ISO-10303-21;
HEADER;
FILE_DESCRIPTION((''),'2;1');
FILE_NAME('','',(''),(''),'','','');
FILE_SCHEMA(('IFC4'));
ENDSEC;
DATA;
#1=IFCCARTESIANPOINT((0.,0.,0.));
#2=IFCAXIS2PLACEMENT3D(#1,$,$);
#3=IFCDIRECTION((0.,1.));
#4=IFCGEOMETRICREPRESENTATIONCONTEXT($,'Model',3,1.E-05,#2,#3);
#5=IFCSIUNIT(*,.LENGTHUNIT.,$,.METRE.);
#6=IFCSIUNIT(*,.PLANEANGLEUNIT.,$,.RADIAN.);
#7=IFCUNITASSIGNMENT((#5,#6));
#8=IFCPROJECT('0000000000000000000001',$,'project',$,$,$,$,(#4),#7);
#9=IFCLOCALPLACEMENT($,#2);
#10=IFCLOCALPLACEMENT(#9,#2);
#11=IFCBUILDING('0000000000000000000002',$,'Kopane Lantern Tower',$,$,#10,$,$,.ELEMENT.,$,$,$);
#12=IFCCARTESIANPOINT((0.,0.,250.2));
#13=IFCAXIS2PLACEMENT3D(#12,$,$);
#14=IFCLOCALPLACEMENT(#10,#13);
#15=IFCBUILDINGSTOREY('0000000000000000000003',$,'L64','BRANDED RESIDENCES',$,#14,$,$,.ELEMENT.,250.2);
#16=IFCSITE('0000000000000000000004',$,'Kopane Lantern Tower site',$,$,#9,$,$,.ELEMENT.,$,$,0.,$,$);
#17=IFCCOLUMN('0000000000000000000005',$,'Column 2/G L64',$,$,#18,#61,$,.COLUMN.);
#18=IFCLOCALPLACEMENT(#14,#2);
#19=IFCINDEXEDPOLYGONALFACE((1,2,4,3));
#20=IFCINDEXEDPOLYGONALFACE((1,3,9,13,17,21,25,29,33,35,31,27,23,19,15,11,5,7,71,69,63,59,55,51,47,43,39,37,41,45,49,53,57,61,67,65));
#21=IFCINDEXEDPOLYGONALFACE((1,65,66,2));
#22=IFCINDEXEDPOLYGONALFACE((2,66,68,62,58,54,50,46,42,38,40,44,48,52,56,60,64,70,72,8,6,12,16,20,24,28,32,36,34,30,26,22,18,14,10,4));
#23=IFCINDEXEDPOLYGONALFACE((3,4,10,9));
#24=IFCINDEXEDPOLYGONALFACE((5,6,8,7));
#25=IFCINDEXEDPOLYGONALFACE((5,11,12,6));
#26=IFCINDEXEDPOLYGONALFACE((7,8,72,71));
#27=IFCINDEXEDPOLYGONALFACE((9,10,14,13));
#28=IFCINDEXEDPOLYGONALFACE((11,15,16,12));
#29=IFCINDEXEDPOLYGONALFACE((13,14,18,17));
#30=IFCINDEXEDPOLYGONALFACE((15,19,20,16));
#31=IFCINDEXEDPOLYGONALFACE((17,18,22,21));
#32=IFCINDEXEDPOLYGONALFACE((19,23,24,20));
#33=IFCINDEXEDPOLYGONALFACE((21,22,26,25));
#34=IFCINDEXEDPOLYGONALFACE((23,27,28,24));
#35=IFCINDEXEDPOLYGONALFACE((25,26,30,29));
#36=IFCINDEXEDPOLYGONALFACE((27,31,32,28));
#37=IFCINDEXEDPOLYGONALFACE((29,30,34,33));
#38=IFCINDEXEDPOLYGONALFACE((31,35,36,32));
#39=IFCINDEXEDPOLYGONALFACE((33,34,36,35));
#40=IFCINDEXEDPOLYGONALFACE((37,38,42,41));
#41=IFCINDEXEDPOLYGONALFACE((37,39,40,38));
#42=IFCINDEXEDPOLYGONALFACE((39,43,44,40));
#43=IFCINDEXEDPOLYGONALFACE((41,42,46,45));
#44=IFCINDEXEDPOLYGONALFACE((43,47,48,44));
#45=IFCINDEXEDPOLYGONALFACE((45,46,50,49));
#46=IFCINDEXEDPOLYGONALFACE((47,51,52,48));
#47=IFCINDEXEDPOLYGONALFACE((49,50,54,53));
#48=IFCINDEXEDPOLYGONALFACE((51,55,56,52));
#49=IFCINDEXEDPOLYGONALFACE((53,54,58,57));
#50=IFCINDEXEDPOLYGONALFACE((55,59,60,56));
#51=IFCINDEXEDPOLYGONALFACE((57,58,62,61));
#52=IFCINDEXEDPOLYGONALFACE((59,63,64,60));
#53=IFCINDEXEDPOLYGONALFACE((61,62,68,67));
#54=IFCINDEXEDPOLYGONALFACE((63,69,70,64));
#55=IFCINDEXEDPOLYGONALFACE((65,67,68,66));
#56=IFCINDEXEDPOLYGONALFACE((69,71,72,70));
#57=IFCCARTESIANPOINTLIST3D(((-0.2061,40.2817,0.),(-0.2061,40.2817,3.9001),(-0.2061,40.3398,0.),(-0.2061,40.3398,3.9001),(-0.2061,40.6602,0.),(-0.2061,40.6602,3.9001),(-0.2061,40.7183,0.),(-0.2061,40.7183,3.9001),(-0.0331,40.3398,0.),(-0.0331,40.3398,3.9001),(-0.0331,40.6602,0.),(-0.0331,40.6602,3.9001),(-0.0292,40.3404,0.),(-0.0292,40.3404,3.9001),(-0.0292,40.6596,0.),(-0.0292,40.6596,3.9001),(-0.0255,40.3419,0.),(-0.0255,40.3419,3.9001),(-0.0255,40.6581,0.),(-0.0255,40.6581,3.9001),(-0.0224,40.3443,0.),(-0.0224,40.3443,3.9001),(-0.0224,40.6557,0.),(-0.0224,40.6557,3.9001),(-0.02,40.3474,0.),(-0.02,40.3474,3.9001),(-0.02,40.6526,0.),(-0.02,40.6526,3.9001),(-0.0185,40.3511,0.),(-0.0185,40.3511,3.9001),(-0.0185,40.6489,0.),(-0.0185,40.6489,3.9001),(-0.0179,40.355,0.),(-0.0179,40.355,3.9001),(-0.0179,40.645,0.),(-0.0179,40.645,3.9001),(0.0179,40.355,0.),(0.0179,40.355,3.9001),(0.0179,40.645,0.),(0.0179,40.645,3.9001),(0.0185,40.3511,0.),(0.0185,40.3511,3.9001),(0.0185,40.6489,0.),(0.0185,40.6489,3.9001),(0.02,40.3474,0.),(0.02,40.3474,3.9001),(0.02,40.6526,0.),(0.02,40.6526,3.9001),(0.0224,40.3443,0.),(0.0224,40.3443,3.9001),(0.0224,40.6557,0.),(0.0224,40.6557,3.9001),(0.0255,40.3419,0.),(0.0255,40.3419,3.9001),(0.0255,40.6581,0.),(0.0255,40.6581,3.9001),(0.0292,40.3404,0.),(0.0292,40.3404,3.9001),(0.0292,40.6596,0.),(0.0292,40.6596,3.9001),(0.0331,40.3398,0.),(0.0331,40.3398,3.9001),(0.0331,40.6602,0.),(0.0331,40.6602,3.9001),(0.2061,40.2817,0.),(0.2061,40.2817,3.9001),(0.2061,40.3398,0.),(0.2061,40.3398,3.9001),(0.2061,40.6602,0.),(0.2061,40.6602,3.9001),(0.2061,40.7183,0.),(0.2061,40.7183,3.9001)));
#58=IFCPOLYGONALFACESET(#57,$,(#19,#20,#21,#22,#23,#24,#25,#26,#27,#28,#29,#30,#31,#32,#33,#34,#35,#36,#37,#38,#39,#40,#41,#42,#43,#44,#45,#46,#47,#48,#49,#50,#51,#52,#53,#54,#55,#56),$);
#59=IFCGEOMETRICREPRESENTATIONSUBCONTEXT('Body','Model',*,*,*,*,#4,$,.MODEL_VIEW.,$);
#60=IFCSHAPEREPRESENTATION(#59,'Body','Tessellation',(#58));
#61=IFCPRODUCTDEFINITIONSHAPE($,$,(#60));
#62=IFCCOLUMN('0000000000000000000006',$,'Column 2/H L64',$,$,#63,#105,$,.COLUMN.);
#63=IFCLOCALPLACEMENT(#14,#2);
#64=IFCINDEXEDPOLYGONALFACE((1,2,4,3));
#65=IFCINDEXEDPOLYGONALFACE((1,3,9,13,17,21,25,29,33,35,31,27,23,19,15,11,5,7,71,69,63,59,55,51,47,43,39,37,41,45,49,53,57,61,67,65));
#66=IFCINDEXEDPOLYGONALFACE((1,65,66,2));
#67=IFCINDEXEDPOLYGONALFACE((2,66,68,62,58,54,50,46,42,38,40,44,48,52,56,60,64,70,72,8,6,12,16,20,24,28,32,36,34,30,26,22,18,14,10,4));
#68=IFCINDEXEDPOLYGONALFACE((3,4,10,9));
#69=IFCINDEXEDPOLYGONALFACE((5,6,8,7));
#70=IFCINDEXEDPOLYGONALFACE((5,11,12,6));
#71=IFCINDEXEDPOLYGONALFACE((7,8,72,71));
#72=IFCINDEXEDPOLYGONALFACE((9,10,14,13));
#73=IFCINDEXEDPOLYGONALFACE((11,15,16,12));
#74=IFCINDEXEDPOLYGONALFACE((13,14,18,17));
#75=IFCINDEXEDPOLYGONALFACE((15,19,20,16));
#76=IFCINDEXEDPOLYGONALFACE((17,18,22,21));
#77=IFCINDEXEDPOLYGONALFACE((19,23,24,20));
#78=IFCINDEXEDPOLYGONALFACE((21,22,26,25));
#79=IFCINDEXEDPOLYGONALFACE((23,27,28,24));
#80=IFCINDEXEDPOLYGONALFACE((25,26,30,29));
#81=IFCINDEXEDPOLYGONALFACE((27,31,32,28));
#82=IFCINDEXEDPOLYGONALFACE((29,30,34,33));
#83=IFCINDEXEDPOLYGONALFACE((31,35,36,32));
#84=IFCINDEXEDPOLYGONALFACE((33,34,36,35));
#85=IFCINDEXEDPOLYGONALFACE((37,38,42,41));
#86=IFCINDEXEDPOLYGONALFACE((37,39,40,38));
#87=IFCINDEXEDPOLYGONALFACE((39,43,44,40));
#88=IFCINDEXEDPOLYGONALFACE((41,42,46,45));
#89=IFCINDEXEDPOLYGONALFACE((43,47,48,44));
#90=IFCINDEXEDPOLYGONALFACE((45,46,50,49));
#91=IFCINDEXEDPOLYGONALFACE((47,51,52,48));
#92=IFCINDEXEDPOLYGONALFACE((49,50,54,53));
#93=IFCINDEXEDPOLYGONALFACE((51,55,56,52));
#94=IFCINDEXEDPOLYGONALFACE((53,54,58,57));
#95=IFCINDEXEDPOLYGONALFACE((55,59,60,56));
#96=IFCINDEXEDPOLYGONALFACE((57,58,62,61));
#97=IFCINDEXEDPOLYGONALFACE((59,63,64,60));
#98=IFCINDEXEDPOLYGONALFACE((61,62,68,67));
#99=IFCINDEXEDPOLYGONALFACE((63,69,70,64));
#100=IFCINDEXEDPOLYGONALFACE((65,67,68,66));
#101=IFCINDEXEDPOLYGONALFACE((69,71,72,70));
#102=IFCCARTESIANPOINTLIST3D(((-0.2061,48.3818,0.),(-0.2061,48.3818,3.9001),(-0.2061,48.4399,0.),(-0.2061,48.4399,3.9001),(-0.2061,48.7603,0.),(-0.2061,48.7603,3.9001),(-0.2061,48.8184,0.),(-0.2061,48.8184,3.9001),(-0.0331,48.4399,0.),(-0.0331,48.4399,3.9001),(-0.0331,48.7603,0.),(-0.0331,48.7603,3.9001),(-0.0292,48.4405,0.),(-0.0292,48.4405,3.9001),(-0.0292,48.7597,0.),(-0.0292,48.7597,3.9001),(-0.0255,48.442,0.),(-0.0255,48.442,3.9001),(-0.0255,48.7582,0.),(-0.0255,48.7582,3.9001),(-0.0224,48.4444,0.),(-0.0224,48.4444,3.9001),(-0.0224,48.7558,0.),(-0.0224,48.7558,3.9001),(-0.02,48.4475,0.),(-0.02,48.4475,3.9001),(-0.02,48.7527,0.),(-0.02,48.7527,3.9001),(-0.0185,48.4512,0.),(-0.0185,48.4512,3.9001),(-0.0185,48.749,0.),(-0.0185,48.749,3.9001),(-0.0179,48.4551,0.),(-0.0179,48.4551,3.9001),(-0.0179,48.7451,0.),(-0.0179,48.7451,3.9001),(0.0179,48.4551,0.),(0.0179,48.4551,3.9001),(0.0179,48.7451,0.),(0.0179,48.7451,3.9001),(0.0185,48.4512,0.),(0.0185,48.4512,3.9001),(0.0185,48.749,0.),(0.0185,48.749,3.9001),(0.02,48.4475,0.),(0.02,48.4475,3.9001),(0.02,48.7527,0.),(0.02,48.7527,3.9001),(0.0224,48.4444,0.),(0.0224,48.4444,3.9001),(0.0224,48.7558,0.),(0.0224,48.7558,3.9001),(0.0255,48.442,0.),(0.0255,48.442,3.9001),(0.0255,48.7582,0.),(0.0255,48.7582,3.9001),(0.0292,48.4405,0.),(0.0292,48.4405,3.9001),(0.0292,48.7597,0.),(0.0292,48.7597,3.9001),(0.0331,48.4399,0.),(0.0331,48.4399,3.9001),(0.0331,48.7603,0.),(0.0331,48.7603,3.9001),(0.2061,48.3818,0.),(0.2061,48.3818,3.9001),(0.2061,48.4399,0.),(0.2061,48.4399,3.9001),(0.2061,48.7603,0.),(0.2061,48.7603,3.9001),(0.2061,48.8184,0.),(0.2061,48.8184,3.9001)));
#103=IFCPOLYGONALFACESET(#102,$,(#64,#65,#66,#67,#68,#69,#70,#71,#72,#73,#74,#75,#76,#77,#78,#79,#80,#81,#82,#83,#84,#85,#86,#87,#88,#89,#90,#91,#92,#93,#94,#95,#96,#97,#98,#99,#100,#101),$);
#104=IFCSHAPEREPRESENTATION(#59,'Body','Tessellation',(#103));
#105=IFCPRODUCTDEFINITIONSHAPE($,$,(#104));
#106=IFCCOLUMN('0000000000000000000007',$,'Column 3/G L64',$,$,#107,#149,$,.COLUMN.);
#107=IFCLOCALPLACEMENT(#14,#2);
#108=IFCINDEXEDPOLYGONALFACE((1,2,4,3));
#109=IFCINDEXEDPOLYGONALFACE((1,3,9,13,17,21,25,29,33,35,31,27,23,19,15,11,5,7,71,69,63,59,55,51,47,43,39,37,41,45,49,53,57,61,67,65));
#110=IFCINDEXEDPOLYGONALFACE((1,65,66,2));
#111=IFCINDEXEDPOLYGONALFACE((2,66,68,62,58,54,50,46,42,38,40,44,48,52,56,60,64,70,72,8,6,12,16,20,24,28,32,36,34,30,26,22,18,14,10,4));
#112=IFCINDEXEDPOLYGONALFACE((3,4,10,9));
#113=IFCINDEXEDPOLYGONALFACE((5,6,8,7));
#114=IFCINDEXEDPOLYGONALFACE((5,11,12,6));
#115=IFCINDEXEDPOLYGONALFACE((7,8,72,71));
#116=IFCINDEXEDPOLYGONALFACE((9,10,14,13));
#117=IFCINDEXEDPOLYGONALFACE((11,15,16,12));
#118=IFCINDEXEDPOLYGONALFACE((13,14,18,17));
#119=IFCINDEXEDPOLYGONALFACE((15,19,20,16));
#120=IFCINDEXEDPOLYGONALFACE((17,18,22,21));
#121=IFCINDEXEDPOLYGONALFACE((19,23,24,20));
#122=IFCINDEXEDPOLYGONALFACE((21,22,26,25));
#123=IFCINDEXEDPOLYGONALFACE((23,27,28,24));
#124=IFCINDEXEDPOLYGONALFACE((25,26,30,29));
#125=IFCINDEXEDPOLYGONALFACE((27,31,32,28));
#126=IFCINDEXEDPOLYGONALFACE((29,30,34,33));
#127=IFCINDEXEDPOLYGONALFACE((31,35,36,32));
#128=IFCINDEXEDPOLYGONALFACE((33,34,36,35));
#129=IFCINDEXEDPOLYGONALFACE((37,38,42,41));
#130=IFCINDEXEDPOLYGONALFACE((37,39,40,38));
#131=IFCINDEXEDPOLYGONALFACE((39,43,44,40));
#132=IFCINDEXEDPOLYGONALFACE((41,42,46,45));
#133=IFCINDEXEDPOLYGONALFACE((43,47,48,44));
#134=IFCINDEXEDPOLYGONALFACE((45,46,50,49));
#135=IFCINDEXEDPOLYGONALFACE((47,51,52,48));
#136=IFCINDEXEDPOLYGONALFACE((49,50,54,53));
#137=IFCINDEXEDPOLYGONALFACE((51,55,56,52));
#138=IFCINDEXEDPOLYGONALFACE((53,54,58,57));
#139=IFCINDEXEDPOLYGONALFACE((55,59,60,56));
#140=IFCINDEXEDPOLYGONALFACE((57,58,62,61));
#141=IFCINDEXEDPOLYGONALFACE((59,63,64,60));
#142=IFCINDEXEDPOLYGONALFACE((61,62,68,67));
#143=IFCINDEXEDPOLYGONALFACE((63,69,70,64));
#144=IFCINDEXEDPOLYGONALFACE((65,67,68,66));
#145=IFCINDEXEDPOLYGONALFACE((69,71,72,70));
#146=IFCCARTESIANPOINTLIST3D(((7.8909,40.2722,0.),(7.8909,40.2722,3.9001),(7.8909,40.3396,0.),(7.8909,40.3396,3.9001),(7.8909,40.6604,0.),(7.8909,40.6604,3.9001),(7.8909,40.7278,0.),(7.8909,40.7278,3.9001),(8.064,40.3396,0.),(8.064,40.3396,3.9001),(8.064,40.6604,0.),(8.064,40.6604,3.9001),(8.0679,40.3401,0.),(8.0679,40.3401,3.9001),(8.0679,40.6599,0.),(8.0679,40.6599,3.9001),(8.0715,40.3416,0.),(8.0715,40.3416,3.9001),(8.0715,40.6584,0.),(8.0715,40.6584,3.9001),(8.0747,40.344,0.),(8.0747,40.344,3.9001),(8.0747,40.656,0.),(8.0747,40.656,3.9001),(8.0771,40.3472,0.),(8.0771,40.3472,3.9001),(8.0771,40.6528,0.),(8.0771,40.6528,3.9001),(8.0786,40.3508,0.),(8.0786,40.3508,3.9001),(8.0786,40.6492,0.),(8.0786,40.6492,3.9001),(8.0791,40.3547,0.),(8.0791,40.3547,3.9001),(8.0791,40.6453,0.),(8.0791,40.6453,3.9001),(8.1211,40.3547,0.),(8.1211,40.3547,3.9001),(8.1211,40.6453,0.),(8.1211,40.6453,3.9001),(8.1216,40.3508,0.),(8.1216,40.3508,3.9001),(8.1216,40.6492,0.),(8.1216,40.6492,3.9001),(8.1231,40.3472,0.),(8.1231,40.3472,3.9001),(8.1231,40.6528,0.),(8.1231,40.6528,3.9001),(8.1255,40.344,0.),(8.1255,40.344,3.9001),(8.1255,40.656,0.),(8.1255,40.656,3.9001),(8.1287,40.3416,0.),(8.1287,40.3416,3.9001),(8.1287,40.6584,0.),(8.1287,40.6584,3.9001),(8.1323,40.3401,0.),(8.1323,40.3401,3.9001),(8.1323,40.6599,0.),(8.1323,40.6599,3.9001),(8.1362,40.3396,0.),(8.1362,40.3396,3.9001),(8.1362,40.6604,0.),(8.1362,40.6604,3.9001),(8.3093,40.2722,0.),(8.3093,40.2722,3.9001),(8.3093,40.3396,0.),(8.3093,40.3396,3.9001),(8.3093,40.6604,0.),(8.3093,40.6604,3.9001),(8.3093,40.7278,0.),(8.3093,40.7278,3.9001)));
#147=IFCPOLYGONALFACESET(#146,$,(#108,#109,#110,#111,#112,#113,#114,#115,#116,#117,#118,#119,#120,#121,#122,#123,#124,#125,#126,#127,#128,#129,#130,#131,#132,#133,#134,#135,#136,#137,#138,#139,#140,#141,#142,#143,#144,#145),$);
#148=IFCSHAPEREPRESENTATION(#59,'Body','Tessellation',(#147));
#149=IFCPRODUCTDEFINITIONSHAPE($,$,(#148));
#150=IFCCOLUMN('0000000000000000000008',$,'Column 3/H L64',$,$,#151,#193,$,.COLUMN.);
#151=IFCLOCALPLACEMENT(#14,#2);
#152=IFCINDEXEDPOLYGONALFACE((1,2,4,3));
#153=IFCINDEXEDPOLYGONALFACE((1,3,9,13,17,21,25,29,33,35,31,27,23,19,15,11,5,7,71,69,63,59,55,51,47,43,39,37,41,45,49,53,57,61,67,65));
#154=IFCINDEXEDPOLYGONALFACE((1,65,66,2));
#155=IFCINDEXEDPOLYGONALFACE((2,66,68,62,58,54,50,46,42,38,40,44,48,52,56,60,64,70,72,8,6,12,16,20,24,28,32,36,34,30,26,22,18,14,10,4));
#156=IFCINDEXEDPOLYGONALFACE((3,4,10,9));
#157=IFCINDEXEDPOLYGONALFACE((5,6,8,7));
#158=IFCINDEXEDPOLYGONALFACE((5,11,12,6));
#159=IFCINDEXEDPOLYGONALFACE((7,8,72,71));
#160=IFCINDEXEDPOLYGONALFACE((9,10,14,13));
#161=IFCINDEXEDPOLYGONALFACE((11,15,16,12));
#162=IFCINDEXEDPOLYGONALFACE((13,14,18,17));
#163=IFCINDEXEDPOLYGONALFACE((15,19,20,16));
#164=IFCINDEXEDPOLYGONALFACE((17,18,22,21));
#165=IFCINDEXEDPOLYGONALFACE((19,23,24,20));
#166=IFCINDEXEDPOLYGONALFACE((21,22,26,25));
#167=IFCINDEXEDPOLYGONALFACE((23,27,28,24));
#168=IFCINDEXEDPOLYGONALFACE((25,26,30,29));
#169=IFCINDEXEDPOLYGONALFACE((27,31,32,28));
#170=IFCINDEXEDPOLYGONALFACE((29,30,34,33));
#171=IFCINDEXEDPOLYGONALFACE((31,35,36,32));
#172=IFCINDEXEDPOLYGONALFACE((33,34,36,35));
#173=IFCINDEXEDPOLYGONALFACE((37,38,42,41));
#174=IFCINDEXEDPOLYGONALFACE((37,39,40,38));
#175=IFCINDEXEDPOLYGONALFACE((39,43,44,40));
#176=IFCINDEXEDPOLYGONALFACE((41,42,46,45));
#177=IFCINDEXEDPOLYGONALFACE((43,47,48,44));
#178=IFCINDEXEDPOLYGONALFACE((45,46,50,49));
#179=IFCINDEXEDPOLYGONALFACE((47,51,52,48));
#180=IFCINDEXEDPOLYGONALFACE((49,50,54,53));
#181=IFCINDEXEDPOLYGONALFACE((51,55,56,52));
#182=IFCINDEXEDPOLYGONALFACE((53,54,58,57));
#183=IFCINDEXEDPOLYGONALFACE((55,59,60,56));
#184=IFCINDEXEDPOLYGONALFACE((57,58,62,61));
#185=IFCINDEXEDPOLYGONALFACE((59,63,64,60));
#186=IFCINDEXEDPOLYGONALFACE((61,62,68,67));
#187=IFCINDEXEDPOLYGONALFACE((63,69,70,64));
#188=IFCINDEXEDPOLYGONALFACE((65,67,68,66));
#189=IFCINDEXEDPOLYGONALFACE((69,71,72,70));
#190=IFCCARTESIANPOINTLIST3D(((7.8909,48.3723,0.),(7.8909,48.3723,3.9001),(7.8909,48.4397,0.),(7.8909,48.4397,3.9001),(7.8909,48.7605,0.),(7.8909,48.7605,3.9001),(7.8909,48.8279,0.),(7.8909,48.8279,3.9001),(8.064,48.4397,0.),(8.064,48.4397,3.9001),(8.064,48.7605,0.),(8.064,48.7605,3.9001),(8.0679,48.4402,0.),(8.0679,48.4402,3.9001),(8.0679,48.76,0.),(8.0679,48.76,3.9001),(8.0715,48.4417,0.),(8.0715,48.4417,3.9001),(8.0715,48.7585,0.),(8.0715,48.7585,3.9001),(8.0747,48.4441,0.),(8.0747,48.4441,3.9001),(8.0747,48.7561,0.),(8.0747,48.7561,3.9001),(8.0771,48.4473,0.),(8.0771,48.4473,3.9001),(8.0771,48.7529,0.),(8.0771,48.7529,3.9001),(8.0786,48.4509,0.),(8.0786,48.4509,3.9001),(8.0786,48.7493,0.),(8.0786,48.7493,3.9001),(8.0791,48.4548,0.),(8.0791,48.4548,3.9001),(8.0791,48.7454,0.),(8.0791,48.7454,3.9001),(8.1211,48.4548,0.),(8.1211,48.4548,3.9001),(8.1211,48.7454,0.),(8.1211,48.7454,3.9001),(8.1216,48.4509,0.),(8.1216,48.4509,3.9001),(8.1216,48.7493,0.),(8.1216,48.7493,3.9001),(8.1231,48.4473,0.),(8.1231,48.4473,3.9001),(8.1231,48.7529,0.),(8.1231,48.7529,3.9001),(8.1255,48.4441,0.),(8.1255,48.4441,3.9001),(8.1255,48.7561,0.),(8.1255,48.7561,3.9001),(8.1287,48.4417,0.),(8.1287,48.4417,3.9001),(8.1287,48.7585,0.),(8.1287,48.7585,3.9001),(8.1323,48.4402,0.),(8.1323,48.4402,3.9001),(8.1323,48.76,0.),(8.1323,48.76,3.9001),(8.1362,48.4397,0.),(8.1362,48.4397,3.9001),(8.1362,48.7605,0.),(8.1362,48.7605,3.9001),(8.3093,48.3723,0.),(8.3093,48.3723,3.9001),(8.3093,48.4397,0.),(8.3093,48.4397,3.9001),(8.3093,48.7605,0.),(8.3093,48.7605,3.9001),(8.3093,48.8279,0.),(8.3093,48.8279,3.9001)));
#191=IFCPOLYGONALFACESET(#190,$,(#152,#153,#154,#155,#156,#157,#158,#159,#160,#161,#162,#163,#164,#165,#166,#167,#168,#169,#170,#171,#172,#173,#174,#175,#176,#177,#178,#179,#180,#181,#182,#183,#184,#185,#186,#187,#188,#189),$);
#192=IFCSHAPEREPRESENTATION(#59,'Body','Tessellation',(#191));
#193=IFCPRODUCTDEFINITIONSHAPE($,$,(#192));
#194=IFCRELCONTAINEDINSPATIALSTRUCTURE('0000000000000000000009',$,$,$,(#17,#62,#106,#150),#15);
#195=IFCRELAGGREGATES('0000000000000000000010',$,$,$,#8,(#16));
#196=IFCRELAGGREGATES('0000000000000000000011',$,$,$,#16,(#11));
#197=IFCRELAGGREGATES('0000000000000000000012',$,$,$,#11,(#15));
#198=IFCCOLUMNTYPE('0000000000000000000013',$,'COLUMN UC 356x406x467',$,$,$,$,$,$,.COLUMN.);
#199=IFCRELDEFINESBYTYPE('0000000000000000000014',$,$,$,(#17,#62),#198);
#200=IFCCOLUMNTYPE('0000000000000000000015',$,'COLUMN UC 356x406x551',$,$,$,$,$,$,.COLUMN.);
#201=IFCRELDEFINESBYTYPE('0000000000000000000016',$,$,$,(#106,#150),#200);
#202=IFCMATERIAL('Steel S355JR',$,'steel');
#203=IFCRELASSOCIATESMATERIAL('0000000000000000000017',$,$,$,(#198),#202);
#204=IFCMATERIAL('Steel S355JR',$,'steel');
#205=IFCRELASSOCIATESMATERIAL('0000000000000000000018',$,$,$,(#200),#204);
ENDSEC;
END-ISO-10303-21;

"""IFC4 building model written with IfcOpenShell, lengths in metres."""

from ifc_helpers import new_model, si_unit, direction, frame, origin, origin_2d, place, context, subcontext, project, spatial, i_section, extrude, material, material_profile, profile_set, type_object, element, save


model = new_model("IFC4")

# Units and contexts
model_context = context("Model", 3, precision=1e-05, world=origin(), true_north=direction((0.0, 1.0)))
body_context = subcontext(model_context, "Body", "Model", "MODEL_VIEW")
ifc_project = project(units=[si_unit("LENGTHUNIT", "METRE"), si_unit("PLANEANGLEUNIT", "RADIAN")], contexts=[model_context])

# Site, building, storey
site_placement = place(None, origin())
site = spatial("IfcSite", under=ifc_project, at=site_placement, Name="Kopane Lantern Tower site", CompositionType="ELEMENT", RefElevation=0.0)
building_placement = place(site_placement, origin())
building = spatial("IfcBuilding", under=site, at=building_placement, Name="Kopane Lantern Tower", CompositionType="ELEMENT")
storey_placement = place(building_placement, frame((0.0, 0.0, 250.2)))
storey = spatial("IfcBuildingStorey", under=building, at=storey_placement, Name="L64", Description="BRANDED RESIDENCES", CompositionType="ELEMENT", Elevation=250.2)

# Columns
ifc_material_1 = material(Name="Steel S355JR", Category="steel")
ifc_material_profile_1 = material_profile(ifc_material_1, i_section(OverallWidth=0.4121, OverallDepth=0.4365, WebThickness=0.0359, FlangeThickness=0.0581, FilletRadius=0.0151, at=origin_2d()), Name="UC 356x406x467")
ifc_profile_set_1 = profile_set([ifc_material_profile_1], Name="Steel S355JR")
column_type_1 = type_object("IfcColumnType", Name="COLUMN UC 356x406x467", PredefinedType="COLUMN", material=ifc_profile_set_1)
for number, where, z_axis, x_axis, name in (
    (1, (0.0, 40.5, 0.0), (0.0, 0.0, 1.0), (1.0, 0.0, 0.0), "Column 2/G L64"),
    (2, (0.0, 48.6001, 0.0), (0.0, 0.0, 1.0), (1.0, 0.0, 0.0), "Column 2/H L64"),
):
    element("IfcColumn", number, at=place(storey_placement, frame(where, z_axis=z_axis, x_axis=x_axis)), inside=storey, type_object=column_type_1, Name=name, PredefinedType="COLUMN", context=body_context, shape_type="SweptSolid", body=[
        extrude(i_section(OverallWidth=0.4121, OverallDepth=0.4365, WebThickness=0.0359, FlangeThickness=0.0581, FilletRadius=0.0151, at=origin_2d()), origin(), (0.0, 0.0, 1.0), 3.9001),
    ])
ifc_material_2 = material(Name="Steel S355JR", Category="steel")
ifc_material_profile_2 = material_profile(ifc_material_2, i_section(OverallWidth=0.4185, OverallDepth=0.4556, WebThickness=0.042, FlangeThickness=0.0674, FilletRadius=0.0151, at=origin_2d()), Name="UC 356x406x551")
ifc_profile_set_2 = profile_set([ifc_material_profile_2], Name="Steel S355JR")
column_type_2 = type_object("IfcColumnType", Name="COLUMN UC 356x406x551", PredefinedType="COLUMN", material=ifc_profile_set_2)
for number, where, z_axis, x_axis, name in (
    (3, (8.1001, 40.5, 0.0), (0.0, 0.0, 1.0), (1.0, 0.0, 0.0), "Column 3/G L64"),
    (4, (8.1001, 48.6001, 0.0), (0.0, 0.0, 1.0), (1.0, 0.0, 0.0), "Column 3/H L64"),
):
    element("IfcColumn", number, at=place(storey_placement, frame(where, z_axis=z_axis, x_axis=x_axis)), inside=storey, type_object=column_type_2, Name=name, PredefinedType="COLUMN", context=body_context, shape_type="SweptSolid", body=[
        extrude(i_section(OverallWidth=0.4185, OverallDepth=0.4556, WebThickness=0.042, FlangeThickness=0.0674, FilletRadius=0.0151, at=origin_2d()), origin(), (0.0, 0.0, 1.0), 3.9001),
    ])

save(model, "model.ifc")
